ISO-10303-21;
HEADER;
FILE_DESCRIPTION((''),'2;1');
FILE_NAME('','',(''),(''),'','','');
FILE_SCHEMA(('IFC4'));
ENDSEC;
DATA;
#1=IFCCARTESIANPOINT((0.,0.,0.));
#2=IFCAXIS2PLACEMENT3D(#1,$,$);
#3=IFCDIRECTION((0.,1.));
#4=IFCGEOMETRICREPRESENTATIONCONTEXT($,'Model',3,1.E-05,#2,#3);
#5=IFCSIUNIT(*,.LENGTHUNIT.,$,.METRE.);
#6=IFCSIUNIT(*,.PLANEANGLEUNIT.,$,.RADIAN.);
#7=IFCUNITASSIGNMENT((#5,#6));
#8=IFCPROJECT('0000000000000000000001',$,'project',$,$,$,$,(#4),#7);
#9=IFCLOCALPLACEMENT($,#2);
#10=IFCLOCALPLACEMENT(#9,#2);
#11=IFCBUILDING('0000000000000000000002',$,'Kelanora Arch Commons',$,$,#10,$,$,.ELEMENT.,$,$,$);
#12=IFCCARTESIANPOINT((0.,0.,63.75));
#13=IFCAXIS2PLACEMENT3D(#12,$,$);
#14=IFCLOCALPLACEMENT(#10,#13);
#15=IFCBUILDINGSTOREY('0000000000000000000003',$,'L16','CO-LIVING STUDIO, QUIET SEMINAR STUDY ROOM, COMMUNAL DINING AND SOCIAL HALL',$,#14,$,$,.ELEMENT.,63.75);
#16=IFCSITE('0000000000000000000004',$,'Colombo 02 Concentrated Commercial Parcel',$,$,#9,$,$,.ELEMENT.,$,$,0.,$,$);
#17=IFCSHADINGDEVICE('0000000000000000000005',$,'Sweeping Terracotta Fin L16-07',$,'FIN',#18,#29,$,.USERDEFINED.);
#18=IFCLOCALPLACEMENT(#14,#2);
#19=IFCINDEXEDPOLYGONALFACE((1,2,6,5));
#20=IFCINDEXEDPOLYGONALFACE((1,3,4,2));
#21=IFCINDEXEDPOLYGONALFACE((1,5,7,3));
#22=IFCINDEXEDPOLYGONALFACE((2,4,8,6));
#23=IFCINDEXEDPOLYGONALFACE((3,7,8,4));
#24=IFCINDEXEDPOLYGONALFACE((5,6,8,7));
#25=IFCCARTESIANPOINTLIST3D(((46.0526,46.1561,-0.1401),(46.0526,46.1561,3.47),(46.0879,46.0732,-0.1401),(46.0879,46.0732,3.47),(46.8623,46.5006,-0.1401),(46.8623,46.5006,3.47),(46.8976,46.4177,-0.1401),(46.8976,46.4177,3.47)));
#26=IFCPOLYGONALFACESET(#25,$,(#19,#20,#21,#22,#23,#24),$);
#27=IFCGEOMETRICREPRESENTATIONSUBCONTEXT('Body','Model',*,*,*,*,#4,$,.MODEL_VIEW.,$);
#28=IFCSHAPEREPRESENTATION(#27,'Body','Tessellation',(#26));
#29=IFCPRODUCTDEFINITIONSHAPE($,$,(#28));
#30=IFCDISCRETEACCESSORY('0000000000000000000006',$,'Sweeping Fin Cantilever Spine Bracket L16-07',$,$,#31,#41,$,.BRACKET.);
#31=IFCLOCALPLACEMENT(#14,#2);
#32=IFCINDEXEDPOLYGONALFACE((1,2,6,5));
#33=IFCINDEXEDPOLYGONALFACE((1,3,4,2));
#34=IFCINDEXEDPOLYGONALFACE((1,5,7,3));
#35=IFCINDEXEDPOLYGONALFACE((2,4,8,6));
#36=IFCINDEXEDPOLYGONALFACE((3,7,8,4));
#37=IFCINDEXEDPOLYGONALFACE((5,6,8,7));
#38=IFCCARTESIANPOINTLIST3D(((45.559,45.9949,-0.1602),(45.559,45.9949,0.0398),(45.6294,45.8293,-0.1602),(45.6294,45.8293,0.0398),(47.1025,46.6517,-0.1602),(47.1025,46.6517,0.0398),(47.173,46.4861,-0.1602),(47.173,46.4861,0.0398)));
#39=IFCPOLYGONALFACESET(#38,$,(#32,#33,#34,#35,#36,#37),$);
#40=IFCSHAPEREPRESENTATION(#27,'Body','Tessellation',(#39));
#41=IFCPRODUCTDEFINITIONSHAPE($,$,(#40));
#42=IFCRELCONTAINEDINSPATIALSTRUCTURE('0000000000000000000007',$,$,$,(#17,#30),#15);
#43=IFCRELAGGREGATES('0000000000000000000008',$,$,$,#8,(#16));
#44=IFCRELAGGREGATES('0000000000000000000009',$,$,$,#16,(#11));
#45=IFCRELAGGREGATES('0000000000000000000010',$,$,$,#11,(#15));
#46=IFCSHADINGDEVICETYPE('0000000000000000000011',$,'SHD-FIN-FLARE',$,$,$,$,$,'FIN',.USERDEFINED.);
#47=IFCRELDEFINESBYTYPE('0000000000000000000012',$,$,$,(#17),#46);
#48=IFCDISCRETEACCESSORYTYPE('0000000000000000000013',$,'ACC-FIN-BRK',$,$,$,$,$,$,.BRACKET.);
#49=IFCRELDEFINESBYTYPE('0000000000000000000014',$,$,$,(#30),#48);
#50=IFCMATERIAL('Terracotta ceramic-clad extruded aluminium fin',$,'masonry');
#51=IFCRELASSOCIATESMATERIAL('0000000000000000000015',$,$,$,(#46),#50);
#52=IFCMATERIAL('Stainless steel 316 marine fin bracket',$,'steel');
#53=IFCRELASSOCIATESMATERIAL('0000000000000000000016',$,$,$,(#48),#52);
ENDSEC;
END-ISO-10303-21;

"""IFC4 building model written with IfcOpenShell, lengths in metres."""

from ifc_helpers import new_model, si_unit, direction, frame, origin, origin_2d, place, context, subcontext, project, spatial, rectangle, extrude, source, transform, mapped, material, type_object, element, save


model = new_model("IFC4")

# Units and contexts
model_context = context("Model", 3, precision=1e-05, world=origin(), true_north=direction((0.0, 1.0)))
body_context = subcontext(model_context, "Body", "Model", "MODEL_VIEW")
ifc_project = project(units=[si_unit("LENGTHUNIT", "METRE"), si_unit("PLANEANGLEUNIT", "RADIAN")], contexts=[model_context])

# Site, building, storey
site_placement = place(None, origin())
site = spatial("IfcSite", under=ifc_project, at=site_placement, Name="Colombo 02 Concentrated Commercial Parcel", CompositionType="ELEMENT", RefElevation=0.0)
building_placement = place(site_placement, origin())
building = spatial("IfcBuilding", under=site, at=building_placement, Name="Kelanora Arch Commons", CompositionType="ELEMENT")
storey_placement = place(building_placement, frame((0.0, 0.0, 63.75)))
storey = spatial("IfcBuildingStorey", under=building, at=storey_placement, Name="L16", Description="CO-LIVING STUDIO, QUIET SEMINAR STUDY ROOM, COMMUNAL DINING AND SOCIAL HALL", CompositionType="ELEMENT", Elevation=63.75)

# Shading device
ifc_material_1 = material(Name="Terracotta ceramic-clad extruded aluminium fin", Category="masonry")
shading_device_type = type_object("IfcShadingDeviceType", Name="SHD-FIN-FLARE", ElementType="FIN", PredefinedType="USERDEFINED", material=ifc_material_1)
shared_shape_1 = source(origin(), body_context, "Body", "SweptSolid", [
    extrude(rectangle(XDim=0.8799, YDim=0.0901, at=origin_2d()), origin(), (0.0, 0.0, 1.0), 3.6101),
])
shading_device_placement = place(storey_placement, frame((46.4751, 46.2869, -0.1401), z_axis=(0.0, 0.0, 1.0), x_axis=(-0.920164, -0.391534, 0.0)))
element("IfcShadingDevice", 1, at=shading_device_placement, inside=storey, type_object=shading_device_type, Name="Sweeping Terracotta Fin L16-07", ObjectType="FIN", PredefinedType="USERDEFINED", context=body_context, shape_type="MappedRepresentation", body=[
    mapped(shared_shape_1, transform((0.0, 0.0, 0.0), scale=1.0)),
])

# Discrete accessory
ifc_material_2 = material(Name="Stainless steel 316 marine fin bracket", Category="steel")
discrete_accessory_type = type_object("IfcDiscreteAccessoryType", Name="ACC-FIN-BRK", PredefinedType="BRACKET", material=ifc_material_2)
shared_shape_2 = source(origin(), body_context, "Body", "SweptSolid", [
    extrude(rectangle(XDim=1.6775, YDim=0.1799, at=origin_2d()), origin(), (0.0, 0.0, 1.0), 0.2),
])
discrete_accessory_placement = place(storey_placement, frame((46.366, 46.2405, -0.1602), z_axis=(0.0, 0.0, 1.0), x_axis=(-0.920164, -0.391534, 0.0)))
element("IfcDiscreteAccessory", 2, at=discrete_accessory_placement, inside=storey, type_object=discrete_accessory_type, Name="Sweeping Fin Cantilever Spine Bracket L16-07", PredefinedType="BRACKET", context=body_context, shape_type="MappedRepresentation", body=[
    mapped(shared_shape_2, transform((0.0, 0.0, 0.0), scale=1.0)),
])

save(model, "model.ifc")
